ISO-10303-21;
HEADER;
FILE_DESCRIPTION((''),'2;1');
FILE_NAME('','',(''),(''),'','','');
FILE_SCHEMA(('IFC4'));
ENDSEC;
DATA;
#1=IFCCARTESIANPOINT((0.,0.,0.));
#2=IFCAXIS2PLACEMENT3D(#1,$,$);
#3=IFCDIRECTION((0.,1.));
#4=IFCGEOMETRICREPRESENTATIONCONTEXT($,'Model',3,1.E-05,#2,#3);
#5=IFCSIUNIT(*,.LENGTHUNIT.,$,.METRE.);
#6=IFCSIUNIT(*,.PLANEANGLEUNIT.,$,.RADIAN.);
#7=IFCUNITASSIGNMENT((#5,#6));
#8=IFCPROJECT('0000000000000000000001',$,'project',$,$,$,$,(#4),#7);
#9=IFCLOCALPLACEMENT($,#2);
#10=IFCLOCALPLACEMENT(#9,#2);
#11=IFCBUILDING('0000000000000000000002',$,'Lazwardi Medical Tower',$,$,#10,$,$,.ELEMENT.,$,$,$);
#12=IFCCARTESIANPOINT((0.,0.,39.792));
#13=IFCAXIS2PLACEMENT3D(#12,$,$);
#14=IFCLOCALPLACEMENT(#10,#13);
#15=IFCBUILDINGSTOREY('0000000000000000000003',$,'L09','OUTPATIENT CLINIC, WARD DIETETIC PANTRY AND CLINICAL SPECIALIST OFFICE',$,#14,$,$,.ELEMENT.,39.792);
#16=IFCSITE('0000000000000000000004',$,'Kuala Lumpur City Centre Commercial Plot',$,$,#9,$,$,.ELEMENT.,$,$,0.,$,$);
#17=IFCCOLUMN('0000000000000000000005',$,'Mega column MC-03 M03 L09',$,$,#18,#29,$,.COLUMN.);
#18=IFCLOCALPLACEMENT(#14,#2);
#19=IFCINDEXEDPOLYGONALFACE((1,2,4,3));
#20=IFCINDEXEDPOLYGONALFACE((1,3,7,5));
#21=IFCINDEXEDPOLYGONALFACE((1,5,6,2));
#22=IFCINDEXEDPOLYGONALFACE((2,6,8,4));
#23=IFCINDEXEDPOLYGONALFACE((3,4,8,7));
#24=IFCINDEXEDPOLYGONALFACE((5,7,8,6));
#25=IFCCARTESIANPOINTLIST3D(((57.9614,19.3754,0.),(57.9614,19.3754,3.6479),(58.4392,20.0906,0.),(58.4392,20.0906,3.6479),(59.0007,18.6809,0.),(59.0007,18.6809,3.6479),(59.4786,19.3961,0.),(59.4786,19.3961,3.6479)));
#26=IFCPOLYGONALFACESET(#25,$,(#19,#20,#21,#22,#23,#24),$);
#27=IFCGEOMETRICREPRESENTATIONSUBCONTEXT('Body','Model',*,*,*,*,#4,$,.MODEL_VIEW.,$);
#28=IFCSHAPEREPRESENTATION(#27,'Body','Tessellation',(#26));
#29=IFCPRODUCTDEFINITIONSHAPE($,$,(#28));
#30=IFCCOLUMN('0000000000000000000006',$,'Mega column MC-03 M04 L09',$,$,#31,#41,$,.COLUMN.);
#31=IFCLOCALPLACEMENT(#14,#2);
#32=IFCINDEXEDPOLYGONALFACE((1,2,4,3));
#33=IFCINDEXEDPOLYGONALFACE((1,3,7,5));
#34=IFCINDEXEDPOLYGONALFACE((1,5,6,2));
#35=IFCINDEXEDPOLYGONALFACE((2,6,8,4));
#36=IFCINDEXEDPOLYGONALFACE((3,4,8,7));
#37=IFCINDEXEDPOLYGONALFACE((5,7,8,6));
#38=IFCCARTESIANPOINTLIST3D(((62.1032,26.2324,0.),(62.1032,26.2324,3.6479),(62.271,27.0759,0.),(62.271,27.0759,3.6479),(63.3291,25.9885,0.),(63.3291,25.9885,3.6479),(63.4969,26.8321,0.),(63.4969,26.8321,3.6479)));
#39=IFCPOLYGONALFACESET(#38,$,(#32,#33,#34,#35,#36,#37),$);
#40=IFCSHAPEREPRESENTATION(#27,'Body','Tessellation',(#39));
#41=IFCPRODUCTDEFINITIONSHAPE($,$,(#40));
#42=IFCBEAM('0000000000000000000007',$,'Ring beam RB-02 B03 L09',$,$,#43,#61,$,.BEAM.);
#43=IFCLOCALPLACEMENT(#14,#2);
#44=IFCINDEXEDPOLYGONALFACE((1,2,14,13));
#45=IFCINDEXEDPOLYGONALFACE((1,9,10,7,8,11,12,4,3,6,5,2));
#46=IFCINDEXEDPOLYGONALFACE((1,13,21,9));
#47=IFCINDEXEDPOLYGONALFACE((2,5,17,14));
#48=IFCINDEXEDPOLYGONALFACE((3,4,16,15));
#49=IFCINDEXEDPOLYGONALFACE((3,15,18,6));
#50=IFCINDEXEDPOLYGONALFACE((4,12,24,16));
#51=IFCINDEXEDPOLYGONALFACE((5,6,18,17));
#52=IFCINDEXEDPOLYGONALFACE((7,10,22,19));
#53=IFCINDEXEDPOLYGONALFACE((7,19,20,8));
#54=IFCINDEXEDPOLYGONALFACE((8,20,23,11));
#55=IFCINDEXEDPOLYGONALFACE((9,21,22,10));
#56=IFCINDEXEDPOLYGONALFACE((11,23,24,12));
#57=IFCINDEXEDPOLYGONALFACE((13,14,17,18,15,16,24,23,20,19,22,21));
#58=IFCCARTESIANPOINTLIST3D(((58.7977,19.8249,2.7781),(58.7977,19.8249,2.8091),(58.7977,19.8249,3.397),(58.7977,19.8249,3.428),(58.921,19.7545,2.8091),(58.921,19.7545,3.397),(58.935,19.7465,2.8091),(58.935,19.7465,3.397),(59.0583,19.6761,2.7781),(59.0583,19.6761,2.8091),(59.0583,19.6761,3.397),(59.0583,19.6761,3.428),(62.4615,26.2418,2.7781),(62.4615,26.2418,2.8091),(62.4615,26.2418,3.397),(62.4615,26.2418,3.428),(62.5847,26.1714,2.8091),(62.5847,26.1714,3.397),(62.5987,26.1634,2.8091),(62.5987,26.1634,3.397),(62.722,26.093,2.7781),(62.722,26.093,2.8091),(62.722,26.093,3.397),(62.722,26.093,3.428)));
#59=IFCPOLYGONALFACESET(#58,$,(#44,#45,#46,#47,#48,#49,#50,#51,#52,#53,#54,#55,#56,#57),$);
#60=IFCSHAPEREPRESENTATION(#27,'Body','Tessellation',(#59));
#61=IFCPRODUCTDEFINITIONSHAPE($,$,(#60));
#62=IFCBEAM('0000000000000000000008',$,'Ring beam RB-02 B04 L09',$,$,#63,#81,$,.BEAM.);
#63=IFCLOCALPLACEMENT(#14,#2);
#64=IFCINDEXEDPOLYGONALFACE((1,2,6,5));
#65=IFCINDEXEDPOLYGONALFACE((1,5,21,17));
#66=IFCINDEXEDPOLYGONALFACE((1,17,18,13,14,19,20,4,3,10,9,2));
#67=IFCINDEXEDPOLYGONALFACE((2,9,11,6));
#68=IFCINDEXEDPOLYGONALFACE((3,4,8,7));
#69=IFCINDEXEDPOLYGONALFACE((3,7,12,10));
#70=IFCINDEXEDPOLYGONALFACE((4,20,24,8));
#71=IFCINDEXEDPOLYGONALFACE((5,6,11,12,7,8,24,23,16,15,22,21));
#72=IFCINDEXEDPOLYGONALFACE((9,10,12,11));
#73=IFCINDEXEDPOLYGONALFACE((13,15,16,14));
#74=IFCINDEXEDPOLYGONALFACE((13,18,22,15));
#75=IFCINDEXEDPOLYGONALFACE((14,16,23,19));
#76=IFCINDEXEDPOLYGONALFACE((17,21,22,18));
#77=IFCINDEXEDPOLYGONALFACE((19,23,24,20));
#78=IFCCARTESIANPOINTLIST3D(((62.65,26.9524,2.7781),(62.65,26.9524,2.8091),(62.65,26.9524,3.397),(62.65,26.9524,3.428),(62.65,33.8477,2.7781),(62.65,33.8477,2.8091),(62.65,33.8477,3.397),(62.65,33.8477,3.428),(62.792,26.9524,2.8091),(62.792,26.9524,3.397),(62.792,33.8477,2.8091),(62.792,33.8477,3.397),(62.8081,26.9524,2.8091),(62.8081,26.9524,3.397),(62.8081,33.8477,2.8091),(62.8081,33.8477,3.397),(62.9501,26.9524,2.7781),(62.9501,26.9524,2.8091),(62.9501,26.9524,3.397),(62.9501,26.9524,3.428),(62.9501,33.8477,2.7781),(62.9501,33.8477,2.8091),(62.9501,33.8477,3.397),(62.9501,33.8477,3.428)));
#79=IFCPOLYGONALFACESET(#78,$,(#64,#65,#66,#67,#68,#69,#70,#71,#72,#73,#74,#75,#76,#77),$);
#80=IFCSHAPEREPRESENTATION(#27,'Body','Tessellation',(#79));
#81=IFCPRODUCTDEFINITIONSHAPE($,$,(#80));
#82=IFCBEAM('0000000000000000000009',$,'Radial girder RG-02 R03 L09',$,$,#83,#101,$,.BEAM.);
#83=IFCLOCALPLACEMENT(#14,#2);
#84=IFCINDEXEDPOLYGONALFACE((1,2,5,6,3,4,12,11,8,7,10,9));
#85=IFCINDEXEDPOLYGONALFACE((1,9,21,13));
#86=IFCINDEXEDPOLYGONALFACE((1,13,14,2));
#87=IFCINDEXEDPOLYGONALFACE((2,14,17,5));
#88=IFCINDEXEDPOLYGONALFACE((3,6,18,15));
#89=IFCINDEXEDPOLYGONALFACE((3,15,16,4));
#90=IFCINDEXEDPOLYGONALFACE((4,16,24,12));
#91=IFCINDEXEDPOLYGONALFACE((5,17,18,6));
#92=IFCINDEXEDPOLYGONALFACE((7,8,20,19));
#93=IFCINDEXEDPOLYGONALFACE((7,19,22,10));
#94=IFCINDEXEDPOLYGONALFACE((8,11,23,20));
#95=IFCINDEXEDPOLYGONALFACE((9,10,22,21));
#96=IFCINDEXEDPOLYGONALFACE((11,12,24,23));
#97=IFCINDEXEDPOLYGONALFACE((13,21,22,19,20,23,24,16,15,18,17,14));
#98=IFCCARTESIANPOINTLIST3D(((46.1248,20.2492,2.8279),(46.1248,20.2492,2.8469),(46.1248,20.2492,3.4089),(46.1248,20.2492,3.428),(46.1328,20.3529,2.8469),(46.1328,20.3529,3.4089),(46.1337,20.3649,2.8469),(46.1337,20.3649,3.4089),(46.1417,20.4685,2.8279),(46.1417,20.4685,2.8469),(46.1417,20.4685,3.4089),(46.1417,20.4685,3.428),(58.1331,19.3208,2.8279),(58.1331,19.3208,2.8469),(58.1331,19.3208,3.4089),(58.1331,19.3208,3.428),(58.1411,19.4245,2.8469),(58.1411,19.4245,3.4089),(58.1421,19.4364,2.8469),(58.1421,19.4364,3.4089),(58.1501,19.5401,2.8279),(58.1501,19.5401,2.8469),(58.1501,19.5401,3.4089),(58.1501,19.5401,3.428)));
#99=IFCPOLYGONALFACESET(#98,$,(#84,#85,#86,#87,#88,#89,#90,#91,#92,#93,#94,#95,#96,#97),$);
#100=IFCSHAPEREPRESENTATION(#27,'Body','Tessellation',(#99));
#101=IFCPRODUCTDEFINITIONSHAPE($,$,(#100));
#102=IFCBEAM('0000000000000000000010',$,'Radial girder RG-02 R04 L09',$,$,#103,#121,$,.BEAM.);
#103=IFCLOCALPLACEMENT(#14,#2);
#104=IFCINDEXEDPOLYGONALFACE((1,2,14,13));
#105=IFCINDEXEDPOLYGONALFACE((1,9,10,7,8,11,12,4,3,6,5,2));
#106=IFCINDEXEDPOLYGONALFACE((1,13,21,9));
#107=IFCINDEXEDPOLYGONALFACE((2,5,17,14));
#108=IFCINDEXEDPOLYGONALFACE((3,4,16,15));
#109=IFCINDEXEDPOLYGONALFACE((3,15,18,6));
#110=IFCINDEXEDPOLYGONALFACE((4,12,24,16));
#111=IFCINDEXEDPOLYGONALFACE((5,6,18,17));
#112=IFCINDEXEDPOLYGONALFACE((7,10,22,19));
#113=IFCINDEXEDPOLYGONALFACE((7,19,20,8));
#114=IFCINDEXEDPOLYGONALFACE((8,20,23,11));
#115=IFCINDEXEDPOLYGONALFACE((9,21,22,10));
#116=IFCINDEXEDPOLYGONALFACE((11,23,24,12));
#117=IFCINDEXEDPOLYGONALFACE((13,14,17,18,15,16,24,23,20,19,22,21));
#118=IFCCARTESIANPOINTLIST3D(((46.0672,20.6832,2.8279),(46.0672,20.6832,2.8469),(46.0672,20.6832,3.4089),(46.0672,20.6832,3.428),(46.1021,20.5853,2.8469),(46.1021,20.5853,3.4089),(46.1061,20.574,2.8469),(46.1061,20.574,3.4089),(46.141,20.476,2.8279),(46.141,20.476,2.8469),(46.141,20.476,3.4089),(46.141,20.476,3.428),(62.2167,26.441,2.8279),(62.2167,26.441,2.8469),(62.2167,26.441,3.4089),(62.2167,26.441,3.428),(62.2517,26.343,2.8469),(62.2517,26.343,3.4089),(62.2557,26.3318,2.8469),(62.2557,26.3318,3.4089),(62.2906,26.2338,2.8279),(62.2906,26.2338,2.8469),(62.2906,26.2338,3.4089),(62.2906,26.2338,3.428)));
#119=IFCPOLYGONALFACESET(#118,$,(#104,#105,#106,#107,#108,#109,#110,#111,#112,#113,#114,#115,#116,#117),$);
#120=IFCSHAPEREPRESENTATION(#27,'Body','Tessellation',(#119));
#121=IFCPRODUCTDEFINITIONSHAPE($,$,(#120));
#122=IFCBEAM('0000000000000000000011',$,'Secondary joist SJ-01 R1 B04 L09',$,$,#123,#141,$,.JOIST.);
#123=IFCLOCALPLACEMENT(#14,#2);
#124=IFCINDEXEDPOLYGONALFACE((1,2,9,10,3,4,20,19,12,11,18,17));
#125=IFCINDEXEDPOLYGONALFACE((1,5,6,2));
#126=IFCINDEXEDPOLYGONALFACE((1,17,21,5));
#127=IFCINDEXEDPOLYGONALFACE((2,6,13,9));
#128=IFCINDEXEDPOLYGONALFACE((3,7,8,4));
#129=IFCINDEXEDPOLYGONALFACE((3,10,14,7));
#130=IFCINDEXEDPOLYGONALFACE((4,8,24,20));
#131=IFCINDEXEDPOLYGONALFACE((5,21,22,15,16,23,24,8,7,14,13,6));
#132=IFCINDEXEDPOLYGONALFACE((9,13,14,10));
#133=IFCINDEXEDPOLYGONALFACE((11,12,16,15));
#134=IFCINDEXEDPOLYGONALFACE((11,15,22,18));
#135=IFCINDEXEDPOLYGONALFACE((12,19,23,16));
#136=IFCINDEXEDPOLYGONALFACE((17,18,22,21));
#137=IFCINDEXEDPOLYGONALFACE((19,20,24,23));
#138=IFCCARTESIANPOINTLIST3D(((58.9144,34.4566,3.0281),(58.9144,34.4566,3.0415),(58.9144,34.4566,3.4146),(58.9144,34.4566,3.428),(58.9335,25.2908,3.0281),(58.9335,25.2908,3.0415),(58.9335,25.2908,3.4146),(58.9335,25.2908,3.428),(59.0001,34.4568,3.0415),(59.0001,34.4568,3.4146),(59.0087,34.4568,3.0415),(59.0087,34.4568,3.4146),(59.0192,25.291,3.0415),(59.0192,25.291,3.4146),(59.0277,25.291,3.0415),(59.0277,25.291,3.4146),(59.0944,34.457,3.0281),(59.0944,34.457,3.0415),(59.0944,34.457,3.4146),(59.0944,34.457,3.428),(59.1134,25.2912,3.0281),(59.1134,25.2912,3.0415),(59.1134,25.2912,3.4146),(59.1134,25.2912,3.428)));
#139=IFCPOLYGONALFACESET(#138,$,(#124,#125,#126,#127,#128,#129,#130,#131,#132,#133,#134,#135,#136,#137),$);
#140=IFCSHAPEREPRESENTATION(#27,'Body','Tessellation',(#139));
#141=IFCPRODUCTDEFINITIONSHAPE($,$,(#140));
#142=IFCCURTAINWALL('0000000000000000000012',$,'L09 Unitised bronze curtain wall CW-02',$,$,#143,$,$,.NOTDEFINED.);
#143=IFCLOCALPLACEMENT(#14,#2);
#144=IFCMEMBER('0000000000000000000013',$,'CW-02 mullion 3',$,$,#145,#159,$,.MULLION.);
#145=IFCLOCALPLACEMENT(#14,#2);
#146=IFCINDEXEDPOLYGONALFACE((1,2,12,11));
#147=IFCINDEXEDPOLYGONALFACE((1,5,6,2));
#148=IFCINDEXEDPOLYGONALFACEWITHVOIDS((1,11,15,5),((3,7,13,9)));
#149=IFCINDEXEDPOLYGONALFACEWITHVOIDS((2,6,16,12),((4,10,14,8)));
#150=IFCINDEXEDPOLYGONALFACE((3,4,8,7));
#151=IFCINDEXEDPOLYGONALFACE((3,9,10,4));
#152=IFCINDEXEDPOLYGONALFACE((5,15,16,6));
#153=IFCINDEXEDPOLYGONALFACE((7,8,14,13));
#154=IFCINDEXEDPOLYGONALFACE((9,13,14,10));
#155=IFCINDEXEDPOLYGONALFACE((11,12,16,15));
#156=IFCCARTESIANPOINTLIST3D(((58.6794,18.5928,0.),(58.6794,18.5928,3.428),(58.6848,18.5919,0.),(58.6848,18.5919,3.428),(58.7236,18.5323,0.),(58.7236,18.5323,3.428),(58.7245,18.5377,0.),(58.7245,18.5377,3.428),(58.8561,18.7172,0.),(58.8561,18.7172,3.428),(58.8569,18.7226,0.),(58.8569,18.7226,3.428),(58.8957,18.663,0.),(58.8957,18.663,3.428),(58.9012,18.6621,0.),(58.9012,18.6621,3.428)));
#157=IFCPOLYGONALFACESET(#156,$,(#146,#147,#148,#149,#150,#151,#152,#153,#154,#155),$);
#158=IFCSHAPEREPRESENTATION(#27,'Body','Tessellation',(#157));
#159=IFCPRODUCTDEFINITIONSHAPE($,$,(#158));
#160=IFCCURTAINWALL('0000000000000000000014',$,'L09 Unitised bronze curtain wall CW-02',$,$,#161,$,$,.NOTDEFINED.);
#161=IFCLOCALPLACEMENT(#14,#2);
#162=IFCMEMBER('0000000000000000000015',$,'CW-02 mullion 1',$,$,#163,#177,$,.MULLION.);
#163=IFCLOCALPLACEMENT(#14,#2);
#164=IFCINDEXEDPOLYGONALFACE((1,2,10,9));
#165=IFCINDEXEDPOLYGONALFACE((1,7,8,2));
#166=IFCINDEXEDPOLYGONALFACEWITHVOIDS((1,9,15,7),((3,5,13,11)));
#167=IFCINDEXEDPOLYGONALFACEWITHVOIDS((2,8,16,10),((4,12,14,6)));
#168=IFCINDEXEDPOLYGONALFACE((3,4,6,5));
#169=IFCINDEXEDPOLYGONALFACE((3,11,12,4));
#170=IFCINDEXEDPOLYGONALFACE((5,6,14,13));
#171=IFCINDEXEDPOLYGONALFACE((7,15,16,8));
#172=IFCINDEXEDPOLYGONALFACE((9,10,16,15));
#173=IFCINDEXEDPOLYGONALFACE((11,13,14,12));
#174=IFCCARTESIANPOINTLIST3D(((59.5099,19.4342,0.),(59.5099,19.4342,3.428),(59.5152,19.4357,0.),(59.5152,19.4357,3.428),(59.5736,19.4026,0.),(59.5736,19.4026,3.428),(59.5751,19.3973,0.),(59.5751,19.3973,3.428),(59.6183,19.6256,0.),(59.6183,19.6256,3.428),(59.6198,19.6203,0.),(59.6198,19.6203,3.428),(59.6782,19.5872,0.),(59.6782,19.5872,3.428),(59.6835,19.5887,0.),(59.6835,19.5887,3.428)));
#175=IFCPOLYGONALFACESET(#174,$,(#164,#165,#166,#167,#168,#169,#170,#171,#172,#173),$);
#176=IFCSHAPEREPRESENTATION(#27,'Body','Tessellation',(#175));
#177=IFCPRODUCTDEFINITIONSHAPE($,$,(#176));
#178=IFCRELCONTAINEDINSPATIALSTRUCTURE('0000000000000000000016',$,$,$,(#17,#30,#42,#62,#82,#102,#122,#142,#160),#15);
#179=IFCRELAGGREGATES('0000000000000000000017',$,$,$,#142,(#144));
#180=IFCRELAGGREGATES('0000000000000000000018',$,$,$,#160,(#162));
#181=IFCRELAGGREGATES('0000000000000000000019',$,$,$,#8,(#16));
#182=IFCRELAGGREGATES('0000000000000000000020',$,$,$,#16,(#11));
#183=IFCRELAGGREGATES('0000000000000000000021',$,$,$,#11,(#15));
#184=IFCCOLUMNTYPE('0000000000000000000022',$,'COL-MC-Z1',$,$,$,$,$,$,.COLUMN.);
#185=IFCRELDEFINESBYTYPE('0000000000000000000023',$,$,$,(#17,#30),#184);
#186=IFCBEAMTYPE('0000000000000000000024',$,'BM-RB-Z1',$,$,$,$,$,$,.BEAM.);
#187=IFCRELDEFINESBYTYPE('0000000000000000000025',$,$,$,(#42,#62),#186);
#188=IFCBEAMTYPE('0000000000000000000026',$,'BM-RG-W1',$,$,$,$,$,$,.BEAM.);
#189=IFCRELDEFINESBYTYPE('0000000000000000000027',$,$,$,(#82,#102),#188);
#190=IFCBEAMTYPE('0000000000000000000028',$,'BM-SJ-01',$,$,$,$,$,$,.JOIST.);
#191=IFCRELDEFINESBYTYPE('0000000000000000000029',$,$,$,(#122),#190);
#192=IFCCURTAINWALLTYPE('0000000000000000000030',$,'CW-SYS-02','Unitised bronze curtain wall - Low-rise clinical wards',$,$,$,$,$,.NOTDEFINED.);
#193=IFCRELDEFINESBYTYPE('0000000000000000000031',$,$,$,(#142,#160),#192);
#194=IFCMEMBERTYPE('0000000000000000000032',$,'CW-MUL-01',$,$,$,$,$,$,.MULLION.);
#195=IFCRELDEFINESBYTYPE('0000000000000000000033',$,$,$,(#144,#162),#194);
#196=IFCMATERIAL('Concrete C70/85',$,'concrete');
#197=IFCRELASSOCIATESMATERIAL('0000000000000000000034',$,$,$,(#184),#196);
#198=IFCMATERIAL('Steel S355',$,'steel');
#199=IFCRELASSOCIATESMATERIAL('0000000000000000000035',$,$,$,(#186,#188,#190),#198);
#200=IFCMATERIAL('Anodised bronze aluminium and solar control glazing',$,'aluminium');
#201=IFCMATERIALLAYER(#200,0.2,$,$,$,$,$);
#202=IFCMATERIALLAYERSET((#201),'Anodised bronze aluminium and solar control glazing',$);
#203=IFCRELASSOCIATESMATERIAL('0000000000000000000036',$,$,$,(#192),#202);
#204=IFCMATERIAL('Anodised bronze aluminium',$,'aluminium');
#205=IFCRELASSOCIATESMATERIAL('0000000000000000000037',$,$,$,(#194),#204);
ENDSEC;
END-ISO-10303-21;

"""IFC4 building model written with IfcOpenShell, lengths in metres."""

from ifc_helpers import new_model, si_unit, direction, frame, origin, origin_2d, place, context, subcontext, project, spatial, rectangle, hollow_rectangle, i_section, extrude, material, layer, layer_set, material_profile, profile_set, type_object, element, aggregate, save


model = new_model("IFC4")

# Units and contexts
model_context = context("Model", 3, precision=1e-05, world=origin(), true_north=direction((0.0, 1.0)))
body_context = subcontext(model_context, "Body", "Model", "MODEL_VIEW")
ifc_project = project(units=[si_unit("LENGTHUNIT", "METRE"), si_unit("PLANEANGLEUNIT", "RADIAN")], contexts=[model_context])

# Site, building, storey
site_placement = place(None, origin())
site = spatial("IfcSite", under=ifc_project, at=site_placement, Name="Kuala Lumpur City Centre Commercial Plot", CompositionType="ELEMENT", RefElevation=0.0)
building_placement = place(site_placement, origin())
building = spatial("IfcBuilding", under=site, at=building_placement, Name="Lazwardi Medical Tower", CompositionType="ELEMENT")
storey_placement = place(building_placement, frame((0.0, 0.0, 39.792)))
storey = spatial("IfcBuildingStorey", under=building, at=storey_placement, Name="L09", Description="OUTPATIENT CLINIC, WARD DIETETIC PANTRY AND CLINICAL SPECIALIST OFFICE", CompositionType="ELEMENT", Elevation=39.792)

# Columns
ifc_material_1 = material(Name="Concrete C70/85", Category="concrete")
ifc_material_profile_1 = material_profile(ifc_material_1, rectangle(XDim=1.25, YDim=0.8601, at=origin_2d()), Name="CFT-RECT 1250x860")
ifc_profile_set_1 = profile_set([ifc_material_profile_1], Name="Concrete C70/85")
column_type = type_object("IfcColumnType", Name="COL-MC-Z1", PredefinedType="COLUMN", material=ifc_profile_set_1)
for number, where, z_axis, x_axis, name in (
    (1, (58.72, 19.3857, 0.0), (0.0, 0.0, 1.0), (0.83147, -0.55557, 0.0), "Mega column MC-03 M03 L09"),
    (2, (62.8, 26.5322, 0.0), (0.0, 0.0, 1.0), (0.980785, -0.19509, 0.0), "Mega column MC-03 M04 L09"),
):
    element("IfcColumn", number, at=place(storey_placement, frame(where, z_axis=z_axis, x_axis=x_axis)), inside=storey, type_object=column_type, Name=name, PredefinedType="COLUMN", context=body_context, shape_type="SweptSolid", body=[
        extrude(rectangle(XDim=1.25, YDim=0.8601, at=origin_2d()), origin(), (0.0, 0.0, 1.0), 3.6479),
    ])

# Beams
ifc_material_2 = material(Name="Steel S355", Category="steel")
ifc_material_profile_2 = material_profile(ifc_material_2, i_section(OverallWidth=0.3, OverallDepth=0.6499, WebThickness=0.0161, FlangeThickness=0.031, at=origin_2d()), Name="HEB 650")
ifc_profile_set_2 = profile_set([ifc_material_profile_2], Name="Steel S355")
beam_type_1 = type_object("IfcBeamType", Name="BM-RB-Z1", PredefinedType="BEAM", material=ifc_profile_set_2)
beam_1_placement = place(storey_placement, frame((58.928, 19.7505, 3.103), z_axis=(0.495829, 0.86842, 0.0), x_axis=(-0.86842, 0.495829, 0.0)))
element("IfcBeam", 3, at=beam_1_placement, inside=storey, type_object=beam_type_1, Name="Ring beam RB-02 B03 L09", PredefinedType="BEAM", context=body_context, shape_type="SweptSolid", body=[
    extrude(i_section(OverallWidth=0.3, OverallDepth=0.6499, WebThickness=0.0161, FlangeThickness=0.031, at=origin_2d()), origin(), (0.0, 0.0, 1.0), 7.3892),
])
beam_2_placement = place(storey_placement, frame((62.8, 26.9524, 3.103), z_axis=(0.0, 1.0, 0.0), x_axis=(-1.0, 0.0, 0.0)))
element("IfcBeam", 4, at=beam_2_placement, inside=storey, type_object=beam_type_1, Name="Ring beam RB-02 B04 L09", PredefinedType="BEAM", context=body_context, shape_type="SweptSolid", body=[
    extrude(i_section(OverallWidth=0.3, OverallDepth=0.6499, WebThickness=0.0161, FlangeThickness=0.031, at=origin_2d()), origin(), (0.0, 0.0, 1.0), 6.8953),
])
ifc_material_profile_3 = material_profile(ifc_material_2, i_section(OverallWidth=0.22, OverallDepth=0.6001, WebThickness=0.012, FlangeThickness=0.019, at=origin_2d()), Name="IPE 600")
ifc_profile_set_3 = profile_set([ifc_material_profile_3], Name="Steel S355")
beam_type_2 = type_object("IfcBeamType", Name="BM-RG-W1", PredefinedType="BEAM", material=ifc_profile_set_3)
beam_3_placement = place(storey_placement, frame((58.1416, 19.4304, 3.1279), z_axis=(-0.997024, 0.077089, 0.0), x_axis=(-0.077089, -0.997024, 0.0)))
element("IfcBeam", 5, at=beam_3_placement, inside=storey, type_object=beam_type_2, Name="Radial girder RG-02 R03 L09", PredefinedType="BEAM", context=body_context, shape_type="SweptSolid", body=[
    extrude(i_section(OverallWidth=0.22, OverallDepth=0.6001, WebThickness=0.012, FlangeThickness=0.019, at=origin_2d()), origin(), (0.0, 0.0, 1.0), 12.0442),
])
beam_4_placement = place(storey_placement, frame((62.2537, 26.3374, 3.1279), z_axis=(-0.941925, -0.335823, 0.0), x_axis=(0.335823, -0.941925, 0.0)))
element("IfcBeam", 6, at=beam_4_placement, inside=storey, type_object=beam_type_2, Name="Radial girder RG-02 R04 L09", PredefinedType="BEAM", context=body_context, shape_type="SweptSolid", body=[
    extrude(i_section(OverallWidth=0.22, OverallDepth=0.6001, WebThickness=0.012, FlangeThickness=0.019, at=origin_2d()), origin(), (0.0, 0.0, 1.0), 17.1453),
])
ifc_material_profile_4 = material_profile(ifc_material_2, i_section(OverallWidth=0.1799, OverallDepth=0.3999, WebThickness=0.0085, FlangeThickness=0.0134, at=origin_2d()), Name="IPE 400")
ifc_profile_set_4 = profile_set([ifc_material_profile_4], Name="Steel S355")
beam_type_3 = type_object("IfcBeamType", Name="BM-SJ-01", PredefinedType="JOIST", material=ifc_profile_set_4)
beam_5_placement = place(storey_placement, frame((59.0234, 25.291, 3.228), z_axis=(-0.002078, 0.999998, 0.0), x_axis=(-0.999998, -0.002078, 0.0)))
element("IfcBeam", 7, at=beam_5_placement, inside=storey, type_object=beam_type_3, Name="Secondary joist SJ-01 R1 B04 L09", PredefinedType="JOIST", context=body_context, shape_type="SweptSolid", body=[
    extrude(i_section(OverallWidth=0.1799, OverallDepth=0.3999, WebThickness=0.0085, FlangeThickness=0.0134, at=origin_2d()), origin(), (0.0, 0.0, 1.0), 9.1658),
])

# Curtain wall, member
ifc_material_3 = material(Name="Anodised bronze aluminium and solar control glazing", Category="aluminium")
ifc_layer_1 = layer(ifc_material_3, 0.2)
ifc_layer_set_1 = layer_set([ifc_layer_1], Name="Anodised bronze aluminium and solar control glazing")
curtain_wall_type = type_object("IfcCurtainWallType", Name="CW-SYS-02", Description="Unitised bronze curtain wall - Low-rise clinical wards", PredefinedType="NOTDEFINED", material=ifc_layer_set_1)
curtain_wall_1_placement = place(storey_placement, origin())
curtain_wall_1 = element("IfcCurtainWall", 8, at=curtain_wall_1_placement, inside=storey, type_object=curtain_wall_type, Name="L09 Unitised bronze curtain wall CW-02", PredefinedType="NOTDEFINED")
ifc_material_4 = material(Name="Anodised bronze aluminium", Category="aluminium")
ifc_material_profile_5 = material_profile(ifc_material_4, hollow_rectangle(XDim=0.075, YDim=0.22, WallThickness=0.0039, at=origin_2d()), Name="ALU-MULLION 220x75x4")
ifc_profile_set_5 = profile_set([ifc_material_profile_5], Name="Anodised bronze aluminium")
member_type_1 = type_object("IfcMemberType", Name="CW-MUL-01", PredefinedType="MULLION", material=ifc_profile_set_5)
member_1_placement = place(storey_placement, frame((58.7903, 18.6274, 0.0), z_axis=(0.0, 0.0, 1.0), x_axis=(-0.590289, 0.807192, 0.0)))
member_1 = element("IfcMember", 9, at=member_1_placement, type_object=member_type_1, Name="CW-02 mullion 3", PredefinedType="MULLION", context=body_context, shape_type="SweptSolid", body=[
    extrude(hollow_rectangle(XDim=0.075, YDim=0.22, WallThickness=0.0039, at=origin_2d()), origin(), (0.0, 0.0, 1.0), 3.428),
])

# Curtain wall, member
curtain_wall_2_placement = place(storey_placement, origin())
curtain_wall_2 = element("IfcCurtainWall", 10, at=curtain_wall_2_placement, inside=storey, type_object=curtain_wall_type, Name="L09 Unitised bronze curtain wall CW-02", PredefinedType="NOTDEFINED")
member_2_placement = place(storey_placement, frame((59.5967, 19.5115, 0.0), z_axis=(0.0, 0.0, 1.0), x_axis=(-0.870112, 0.492854, 0.0)))
member_2 = element("IfcMember", 11, at=member_2_placement, type_object=member_type_1, Name="CW-02 mullion 1", PredefinedType="MULLION", context=body_context, shape_type="SweptSolid", body=[
    extrude(hollow_rectangle(XDim=0.075, YDim=0.22, WallThickness=0.0039, at=origin_2d()), origin(), (0.0, 0.0, 1.0), 3.428),
])

aggregate(curtain_wall_1, [member_1])
aggregate(curtain_wall_2, [member_2])

save(model, "model.ifc")
